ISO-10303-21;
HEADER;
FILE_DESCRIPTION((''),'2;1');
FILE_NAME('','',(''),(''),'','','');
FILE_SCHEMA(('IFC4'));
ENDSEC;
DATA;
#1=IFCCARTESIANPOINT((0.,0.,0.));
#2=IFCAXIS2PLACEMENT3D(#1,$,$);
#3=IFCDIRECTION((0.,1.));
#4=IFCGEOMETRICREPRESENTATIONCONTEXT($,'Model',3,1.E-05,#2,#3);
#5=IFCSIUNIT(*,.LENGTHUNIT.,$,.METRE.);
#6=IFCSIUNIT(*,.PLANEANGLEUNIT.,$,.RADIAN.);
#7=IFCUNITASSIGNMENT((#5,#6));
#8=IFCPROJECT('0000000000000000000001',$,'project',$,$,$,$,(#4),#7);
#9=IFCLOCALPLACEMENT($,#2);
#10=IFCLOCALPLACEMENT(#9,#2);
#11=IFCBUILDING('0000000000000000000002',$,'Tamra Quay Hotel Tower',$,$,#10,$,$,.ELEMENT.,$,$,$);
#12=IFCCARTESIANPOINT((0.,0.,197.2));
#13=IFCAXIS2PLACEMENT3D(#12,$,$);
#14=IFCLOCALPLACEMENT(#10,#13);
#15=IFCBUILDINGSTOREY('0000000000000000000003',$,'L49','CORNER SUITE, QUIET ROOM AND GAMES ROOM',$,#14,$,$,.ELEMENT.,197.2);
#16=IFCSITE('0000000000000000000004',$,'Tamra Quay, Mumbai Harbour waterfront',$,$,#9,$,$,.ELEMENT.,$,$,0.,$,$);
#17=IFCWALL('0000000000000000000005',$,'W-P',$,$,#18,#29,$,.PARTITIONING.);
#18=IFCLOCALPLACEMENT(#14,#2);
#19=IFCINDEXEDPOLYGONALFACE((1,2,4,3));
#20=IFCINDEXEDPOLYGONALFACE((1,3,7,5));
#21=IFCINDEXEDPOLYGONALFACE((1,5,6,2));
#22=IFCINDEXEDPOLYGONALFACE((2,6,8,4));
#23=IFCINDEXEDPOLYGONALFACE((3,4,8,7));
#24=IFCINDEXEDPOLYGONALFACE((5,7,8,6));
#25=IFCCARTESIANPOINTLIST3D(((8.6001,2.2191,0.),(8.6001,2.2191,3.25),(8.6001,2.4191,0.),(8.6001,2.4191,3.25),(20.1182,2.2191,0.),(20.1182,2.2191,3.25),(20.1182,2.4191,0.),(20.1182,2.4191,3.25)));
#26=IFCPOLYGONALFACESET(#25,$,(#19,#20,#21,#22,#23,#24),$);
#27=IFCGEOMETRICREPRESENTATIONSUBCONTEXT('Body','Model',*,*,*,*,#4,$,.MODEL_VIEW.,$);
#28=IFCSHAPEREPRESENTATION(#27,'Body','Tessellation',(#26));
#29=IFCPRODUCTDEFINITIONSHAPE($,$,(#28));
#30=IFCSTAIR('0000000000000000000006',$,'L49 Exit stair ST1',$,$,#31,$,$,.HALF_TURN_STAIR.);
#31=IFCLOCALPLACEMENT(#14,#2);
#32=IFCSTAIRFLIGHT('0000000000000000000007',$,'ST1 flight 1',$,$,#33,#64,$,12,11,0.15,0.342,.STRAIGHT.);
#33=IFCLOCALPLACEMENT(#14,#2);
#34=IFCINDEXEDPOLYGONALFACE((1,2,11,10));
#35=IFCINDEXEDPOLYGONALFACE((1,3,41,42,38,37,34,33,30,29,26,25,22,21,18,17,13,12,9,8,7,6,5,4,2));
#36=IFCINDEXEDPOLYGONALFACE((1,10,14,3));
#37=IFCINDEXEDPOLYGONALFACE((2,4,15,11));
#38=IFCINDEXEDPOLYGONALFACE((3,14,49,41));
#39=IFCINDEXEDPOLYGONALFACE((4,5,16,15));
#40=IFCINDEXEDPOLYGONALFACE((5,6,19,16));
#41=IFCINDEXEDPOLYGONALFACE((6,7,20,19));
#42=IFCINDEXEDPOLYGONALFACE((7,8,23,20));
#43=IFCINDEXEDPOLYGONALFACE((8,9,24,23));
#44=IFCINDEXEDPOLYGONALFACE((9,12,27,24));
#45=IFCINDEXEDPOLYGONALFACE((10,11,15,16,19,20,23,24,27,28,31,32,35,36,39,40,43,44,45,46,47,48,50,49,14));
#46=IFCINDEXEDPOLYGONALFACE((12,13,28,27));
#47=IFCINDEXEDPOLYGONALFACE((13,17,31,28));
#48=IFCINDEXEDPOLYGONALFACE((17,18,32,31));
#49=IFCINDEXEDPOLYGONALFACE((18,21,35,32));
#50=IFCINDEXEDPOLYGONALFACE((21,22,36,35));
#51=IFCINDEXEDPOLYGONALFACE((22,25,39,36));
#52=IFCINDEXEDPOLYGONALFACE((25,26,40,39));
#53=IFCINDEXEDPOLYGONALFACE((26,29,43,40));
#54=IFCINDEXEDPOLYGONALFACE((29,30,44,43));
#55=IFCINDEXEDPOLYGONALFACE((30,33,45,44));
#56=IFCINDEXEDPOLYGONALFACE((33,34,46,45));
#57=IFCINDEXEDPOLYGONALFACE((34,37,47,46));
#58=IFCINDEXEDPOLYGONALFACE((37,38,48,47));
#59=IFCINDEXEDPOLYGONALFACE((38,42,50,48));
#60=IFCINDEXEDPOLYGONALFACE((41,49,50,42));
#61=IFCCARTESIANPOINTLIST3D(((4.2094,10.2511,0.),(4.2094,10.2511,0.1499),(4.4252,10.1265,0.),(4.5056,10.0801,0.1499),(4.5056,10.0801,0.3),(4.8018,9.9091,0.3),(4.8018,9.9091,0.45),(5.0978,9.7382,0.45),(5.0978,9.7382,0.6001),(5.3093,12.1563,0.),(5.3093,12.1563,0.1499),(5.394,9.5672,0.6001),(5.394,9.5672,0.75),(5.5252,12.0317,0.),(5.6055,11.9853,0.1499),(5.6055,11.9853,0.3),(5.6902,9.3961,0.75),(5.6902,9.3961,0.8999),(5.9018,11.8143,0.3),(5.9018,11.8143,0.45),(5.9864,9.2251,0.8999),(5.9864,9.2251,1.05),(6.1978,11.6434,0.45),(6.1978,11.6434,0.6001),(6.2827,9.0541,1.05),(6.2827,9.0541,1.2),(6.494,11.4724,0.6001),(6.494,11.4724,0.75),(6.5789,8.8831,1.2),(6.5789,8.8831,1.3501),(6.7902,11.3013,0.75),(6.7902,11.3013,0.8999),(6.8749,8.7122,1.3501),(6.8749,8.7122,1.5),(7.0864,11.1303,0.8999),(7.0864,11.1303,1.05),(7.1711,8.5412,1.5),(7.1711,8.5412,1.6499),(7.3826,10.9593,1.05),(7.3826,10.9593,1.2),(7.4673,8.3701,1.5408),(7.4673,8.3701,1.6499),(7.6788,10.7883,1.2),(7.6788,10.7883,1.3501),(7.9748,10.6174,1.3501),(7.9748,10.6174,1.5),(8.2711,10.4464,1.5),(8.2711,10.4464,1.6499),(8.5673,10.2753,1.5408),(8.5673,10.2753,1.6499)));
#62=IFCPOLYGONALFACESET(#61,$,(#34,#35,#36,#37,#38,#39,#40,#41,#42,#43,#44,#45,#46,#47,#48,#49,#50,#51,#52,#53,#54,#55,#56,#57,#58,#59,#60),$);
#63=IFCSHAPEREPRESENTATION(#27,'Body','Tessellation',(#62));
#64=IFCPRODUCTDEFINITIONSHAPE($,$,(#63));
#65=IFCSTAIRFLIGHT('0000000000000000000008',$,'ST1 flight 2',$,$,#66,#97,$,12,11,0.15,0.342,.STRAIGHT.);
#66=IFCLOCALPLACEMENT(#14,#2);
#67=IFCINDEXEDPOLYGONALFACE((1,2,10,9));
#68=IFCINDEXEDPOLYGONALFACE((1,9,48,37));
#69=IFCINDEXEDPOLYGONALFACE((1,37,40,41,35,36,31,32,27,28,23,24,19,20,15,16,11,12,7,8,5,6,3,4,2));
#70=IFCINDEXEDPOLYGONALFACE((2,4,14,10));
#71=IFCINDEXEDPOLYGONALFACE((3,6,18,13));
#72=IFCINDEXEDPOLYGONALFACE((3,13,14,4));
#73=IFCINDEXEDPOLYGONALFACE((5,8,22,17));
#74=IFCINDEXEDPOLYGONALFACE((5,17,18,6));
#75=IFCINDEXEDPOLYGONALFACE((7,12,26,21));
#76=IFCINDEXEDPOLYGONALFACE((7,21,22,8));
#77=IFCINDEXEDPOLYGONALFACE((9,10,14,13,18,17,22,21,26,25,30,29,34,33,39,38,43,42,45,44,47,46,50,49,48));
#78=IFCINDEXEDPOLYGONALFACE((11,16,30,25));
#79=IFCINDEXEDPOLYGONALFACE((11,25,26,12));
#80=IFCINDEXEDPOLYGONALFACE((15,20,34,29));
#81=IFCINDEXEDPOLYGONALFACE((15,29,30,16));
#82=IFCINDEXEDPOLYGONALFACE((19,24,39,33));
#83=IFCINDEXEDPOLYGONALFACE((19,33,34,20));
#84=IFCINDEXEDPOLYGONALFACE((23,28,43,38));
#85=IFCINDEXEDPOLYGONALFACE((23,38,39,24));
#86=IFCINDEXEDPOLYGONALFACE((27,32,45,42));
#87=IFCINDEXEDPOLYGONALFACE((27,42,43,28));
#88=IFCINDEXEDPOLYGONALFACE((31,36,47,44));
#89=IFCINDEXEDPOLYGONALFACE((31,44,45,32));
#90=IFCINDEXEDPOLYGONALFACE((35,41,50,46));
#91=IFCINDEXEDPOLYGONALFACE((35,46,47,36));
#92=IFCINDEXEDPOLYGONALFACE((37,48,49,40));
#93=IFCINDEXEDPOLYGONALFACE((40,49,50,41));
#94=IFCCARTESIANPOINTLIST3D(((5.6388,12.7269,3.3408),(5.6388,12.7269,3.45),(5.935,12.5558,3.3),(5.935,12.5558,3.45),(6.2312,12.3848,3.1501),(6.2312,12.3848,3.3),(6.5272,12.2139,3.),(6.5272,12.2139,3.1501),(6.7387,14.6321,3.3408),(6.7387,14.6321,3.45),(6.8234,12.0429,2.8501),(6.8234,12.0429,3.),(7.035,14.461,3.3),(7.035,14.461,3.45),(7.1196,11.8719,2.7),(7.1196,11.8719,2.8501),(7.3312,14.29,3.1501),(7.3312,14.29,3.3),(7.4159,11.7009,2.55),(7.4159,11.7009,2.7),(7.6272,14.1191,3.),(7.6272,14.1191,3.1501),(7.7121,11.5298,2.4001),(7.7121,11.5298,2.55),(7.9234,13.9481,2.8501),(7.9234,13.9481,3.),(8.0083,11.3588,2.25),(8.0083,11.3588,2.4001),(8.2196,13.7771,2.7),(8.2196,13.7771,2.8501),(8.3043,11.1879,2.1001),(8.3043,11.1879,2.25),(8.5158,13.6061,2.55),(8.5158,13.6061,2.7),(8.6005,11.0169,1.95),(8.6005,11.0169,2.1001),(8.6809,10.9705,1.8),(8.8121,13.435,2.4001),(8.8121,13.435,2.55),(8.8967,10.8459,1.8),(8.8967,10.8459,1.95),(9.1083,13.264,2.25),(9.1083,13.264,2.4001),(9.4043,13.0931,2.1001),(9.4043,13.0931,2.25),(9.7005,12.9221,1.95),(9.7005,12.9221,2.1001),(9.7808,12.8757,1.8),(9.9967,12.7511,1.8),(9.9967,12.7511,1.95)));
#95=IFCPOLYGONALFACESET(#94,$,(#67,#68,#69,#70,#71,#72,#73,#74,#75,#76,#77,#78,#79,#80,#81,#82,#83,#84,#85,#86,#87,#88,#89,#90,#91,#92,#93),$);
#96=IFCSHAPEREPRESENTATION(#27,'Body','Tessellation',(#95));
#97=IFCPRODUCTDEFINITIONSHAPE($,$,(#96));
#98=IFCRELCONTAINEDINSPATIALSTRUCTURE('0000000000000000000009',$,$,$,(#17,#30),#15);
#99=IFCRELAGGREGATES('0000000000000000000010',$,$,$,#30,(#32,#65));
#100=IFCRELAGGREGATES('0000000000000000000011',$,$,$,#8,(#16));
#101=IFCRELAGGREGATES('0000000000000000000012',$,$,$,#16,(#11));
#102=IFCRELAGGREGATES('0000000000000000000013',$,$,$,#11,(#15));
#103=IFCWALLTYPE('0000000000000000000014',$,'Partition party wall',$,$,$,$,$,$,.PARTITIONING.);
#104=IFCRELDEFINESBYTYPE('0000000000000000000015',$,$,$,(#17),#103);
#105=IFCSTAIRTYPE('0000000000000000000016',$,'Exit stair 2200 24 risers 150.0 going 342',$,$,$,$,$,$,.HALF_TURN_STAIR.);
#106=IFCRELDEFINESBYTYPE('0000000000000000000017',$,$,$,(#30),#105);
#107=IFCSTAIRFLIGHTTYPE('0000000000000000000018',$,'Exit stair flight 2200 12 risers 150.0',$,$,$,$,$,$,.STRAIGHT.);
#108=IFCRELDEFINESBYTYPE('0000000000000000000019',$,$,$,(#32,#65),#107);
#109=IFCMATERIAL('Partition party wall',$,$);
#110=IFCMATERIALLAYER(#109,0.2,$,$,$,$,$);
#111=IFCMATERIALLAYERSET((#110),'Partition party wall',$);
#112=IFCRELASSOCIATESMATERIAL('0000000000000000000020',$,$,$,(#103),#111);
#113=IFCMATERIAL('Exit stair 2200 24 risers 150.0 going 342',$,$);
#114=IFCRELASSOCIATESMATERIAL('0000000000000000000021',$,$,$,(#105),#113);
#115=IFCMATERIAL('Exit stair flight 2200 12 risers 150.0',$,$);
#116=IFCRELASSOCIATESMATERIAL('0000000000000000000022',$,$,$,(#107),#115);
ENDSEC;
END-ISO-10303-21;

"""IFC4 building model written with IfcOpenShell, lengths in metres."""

from ifc_helpers import new_model, si_unit, direction, frame, frame_2d, origin, place, context, subcontext, project, spatial, polyline, rectangle, outline, extrude, material, layer, layer_set, type_object, element, aggregate, save


model = new_model("IFC4")

# Units and contexts
model_context = context("Model", 3, precision=1e-05, world=origin(), true_north=direction((0.0, 1.0)))
body_context = subcontext(model_context, "Body", "Model", "MODEL_VIEW")
ifc_project = project(units=[si_unit("LENGTHUNIT", "METRE"), si_unit("PLANEANGLEUNIT", "RADIAN")], contexts=[model_context])

# Site, building, storey
site_placement = place(None, origin())
site = spatial("IfcSite", under=ifc_project, at=site_placement, Name="Tamra Quay, Mumbai Harbour waterfront", CompositionType="ELEMENT", RefElevation=0.0)
building_placement = place(site_placement, origin())
building = spatial("IfcBuilding", under=site, at=building_placement, Name="Tamra Quay Hotel Tower", CompositionType="ELEMENT")
storey_placement = place(building_placement, frame((0.0, 0.0, 197.2)))
storey = spatial("IfcBuildingStorey", under=building, at=storey_placement, Name="L49", Description="CORNER SUITE, QUIET ROOM AND GAMES ROOM", CompositionType="ELEMENT", Elevation=197.2)

# Wall
ifc_material_1 = material(Name="Partition party wall")
ifc_layer_1 = layer(ifc_material_1, 0.2)
ifc_layer_set_1 = layer_set([ifc_layer_1], Name="Partition party wall")
wall_type_1 = type_object("IfcWallType", Name="Partition party wall", PredefinedType="PARTITIONING", material=ifc_layer_set_1)
wall_1_placement = place(storey_placement, frame((8.6001, 2.3191, 0.0), z_axis=(0.0, 0.0, 1.0), x_axis=(1.0, 0.0, 0.0)))
element("IfcWall", 1, at=wall_1_placement, inside=storey, type_object=wall_type_1, Name="W-P", PredefinedType="PARTITIONING", context=body_context, shape_type="SweptSolid", body=[
    extrude(rectangle(XDim=11.5181, YDim=0.2, at=frame_2d((5.759, 0.0))), origin(), (0.0, 0.0, 1.0), 3.25),
])

# Stair, stair flights
ifc_material_2 = material(Name="Exit stair 2200 24 risers 150.0 going 342")
stair_type = type_object("IfcStairType", Name="Exit stair 2200 24 risers 150.0 going 342", PredefinedType="HALF_TURN_STAIR", material=ifc_material_2)
stair_placement = place(storey_placement, origin())
stair = element("IfcStair", 2, at=stair_placement, inside=storey, type_object=stair_type, Name="L49 Exit stair ST1", PredefinedType="HALF_TURN_STAIR")
ifc_material_3 = material(Name="Exit stair flight 2200 12 risers 150.0")
stair_flight_type = type_object("IfcStairFlightType", Name="Exit stair flight 2200 12 risers 150.0", PredefinedType="STRAIGHT", material=ifc_material_3)
stair_flight_1_placement = place(storey_placement, frame((4.7593, 11.2036, 0.0), z_axis=(0.0, 0.0, 1.0), x_axis=(0.866025, -0.5, 0.0)))
stair_flight_1 = element("IfcStairFlight", 3, at=stair_flight_1_placement, type_object=stair_flight_type, Name="ST1 flight 1", NumberOfRisers=12, NumberOfTreads=11, PredefinedType="STRAIGHT", RiserHeight=0.15, TreadLength=0.342, context=body_context, shape_type="SweptSolid", body=[
    extrude(outline(polyline([(0.0, 0.0), (0.0, 0.1499), (0.342, 0.1499), (0.342, 0.3), (0.6841, 0.3), (0.6841, 0.45), (1.0259, 0.45), (1.0259, 0.6001), (1.3679, 0.6001), (1.3679, 0.75), (1.71, 0.75), (1.71, 0.8999), (2.052, 0.8999), (2.052, 1.05), (2.394, 1.05), (2.394, 1.2), (2.7361, 1.2), (2.7361, 1.3501), (3.0779, 1.3501), (3.0779, 1.5), (3.4199, 1.5), (3.4199, 1.6499), (3.762, 1.6499), (3.762, 1.8), (3.762, 1.5408), (0.2493, 0.0), (0.0, 0.0)])), frame((0.0, 1.1001, 0.0), z_axis=(0.0, -1.0, 0.0), x_axis=(1.0, 0.0, 0.0)), (0.0, 0.0, 1.0), 2.2),
])
stair_flight_2_placement = place(storey_placement, frame((9.4468, 11.7986, 1.8), z_axis=(0.0, 0.0, 1.0), x_axis=(-0.866025, 0.5, 0.0)))
stair_flight_2 = element("IfcStairFlight", 4, at=stair_flight_2_placement, type_object=stair_flight_type, Name="ST1 flight 2", NumberOfRisers=12, NumberOfTreads=11, PredefinedType="STRAIGHT", RiserHeight=0.15, TreadLength=0.342, context=body_context, shape_type="SweptSolid", body=[
    extrude(outline(polyline([(0.0, 0.0), (0.0, 0.1499), (0.342, 0.1499), (0.342, 0.3), (0.6841, 0.3), (0.6841, 0.45), (1.0259, 0.45), (1.0259, 0.6001), (1.3679, 0.6001), (1.3679, 0.75), (1.71, 0.75), (1.71, 0.8999), (2.052, 0.8999), (2.052, 1.05), (2.394, 1.05), (2.394, 1.2), (2.7361, 1.2), (2.7361, 1.3501), (3.0779, 1.3501), (3.0779, 1.5), (3.4199, 1.5), (3.4199, 1.6499), (3.762, 1.6499), (3.762, 1.8), (3.762, 1.5408), (0.2493, 0.0), (0.0, 0.0)])), frame((0.0, 1.1001, 0.0), z_axis=(0.0, -1.0, 0.0), x_axis=(1.0, 0.0, 0.0)), (0.0, 0.0, 1.0), 2.2),
])
aggregate(stair, [stair_flight_1, stair_flight_2])

save(model, "model.ifc")
